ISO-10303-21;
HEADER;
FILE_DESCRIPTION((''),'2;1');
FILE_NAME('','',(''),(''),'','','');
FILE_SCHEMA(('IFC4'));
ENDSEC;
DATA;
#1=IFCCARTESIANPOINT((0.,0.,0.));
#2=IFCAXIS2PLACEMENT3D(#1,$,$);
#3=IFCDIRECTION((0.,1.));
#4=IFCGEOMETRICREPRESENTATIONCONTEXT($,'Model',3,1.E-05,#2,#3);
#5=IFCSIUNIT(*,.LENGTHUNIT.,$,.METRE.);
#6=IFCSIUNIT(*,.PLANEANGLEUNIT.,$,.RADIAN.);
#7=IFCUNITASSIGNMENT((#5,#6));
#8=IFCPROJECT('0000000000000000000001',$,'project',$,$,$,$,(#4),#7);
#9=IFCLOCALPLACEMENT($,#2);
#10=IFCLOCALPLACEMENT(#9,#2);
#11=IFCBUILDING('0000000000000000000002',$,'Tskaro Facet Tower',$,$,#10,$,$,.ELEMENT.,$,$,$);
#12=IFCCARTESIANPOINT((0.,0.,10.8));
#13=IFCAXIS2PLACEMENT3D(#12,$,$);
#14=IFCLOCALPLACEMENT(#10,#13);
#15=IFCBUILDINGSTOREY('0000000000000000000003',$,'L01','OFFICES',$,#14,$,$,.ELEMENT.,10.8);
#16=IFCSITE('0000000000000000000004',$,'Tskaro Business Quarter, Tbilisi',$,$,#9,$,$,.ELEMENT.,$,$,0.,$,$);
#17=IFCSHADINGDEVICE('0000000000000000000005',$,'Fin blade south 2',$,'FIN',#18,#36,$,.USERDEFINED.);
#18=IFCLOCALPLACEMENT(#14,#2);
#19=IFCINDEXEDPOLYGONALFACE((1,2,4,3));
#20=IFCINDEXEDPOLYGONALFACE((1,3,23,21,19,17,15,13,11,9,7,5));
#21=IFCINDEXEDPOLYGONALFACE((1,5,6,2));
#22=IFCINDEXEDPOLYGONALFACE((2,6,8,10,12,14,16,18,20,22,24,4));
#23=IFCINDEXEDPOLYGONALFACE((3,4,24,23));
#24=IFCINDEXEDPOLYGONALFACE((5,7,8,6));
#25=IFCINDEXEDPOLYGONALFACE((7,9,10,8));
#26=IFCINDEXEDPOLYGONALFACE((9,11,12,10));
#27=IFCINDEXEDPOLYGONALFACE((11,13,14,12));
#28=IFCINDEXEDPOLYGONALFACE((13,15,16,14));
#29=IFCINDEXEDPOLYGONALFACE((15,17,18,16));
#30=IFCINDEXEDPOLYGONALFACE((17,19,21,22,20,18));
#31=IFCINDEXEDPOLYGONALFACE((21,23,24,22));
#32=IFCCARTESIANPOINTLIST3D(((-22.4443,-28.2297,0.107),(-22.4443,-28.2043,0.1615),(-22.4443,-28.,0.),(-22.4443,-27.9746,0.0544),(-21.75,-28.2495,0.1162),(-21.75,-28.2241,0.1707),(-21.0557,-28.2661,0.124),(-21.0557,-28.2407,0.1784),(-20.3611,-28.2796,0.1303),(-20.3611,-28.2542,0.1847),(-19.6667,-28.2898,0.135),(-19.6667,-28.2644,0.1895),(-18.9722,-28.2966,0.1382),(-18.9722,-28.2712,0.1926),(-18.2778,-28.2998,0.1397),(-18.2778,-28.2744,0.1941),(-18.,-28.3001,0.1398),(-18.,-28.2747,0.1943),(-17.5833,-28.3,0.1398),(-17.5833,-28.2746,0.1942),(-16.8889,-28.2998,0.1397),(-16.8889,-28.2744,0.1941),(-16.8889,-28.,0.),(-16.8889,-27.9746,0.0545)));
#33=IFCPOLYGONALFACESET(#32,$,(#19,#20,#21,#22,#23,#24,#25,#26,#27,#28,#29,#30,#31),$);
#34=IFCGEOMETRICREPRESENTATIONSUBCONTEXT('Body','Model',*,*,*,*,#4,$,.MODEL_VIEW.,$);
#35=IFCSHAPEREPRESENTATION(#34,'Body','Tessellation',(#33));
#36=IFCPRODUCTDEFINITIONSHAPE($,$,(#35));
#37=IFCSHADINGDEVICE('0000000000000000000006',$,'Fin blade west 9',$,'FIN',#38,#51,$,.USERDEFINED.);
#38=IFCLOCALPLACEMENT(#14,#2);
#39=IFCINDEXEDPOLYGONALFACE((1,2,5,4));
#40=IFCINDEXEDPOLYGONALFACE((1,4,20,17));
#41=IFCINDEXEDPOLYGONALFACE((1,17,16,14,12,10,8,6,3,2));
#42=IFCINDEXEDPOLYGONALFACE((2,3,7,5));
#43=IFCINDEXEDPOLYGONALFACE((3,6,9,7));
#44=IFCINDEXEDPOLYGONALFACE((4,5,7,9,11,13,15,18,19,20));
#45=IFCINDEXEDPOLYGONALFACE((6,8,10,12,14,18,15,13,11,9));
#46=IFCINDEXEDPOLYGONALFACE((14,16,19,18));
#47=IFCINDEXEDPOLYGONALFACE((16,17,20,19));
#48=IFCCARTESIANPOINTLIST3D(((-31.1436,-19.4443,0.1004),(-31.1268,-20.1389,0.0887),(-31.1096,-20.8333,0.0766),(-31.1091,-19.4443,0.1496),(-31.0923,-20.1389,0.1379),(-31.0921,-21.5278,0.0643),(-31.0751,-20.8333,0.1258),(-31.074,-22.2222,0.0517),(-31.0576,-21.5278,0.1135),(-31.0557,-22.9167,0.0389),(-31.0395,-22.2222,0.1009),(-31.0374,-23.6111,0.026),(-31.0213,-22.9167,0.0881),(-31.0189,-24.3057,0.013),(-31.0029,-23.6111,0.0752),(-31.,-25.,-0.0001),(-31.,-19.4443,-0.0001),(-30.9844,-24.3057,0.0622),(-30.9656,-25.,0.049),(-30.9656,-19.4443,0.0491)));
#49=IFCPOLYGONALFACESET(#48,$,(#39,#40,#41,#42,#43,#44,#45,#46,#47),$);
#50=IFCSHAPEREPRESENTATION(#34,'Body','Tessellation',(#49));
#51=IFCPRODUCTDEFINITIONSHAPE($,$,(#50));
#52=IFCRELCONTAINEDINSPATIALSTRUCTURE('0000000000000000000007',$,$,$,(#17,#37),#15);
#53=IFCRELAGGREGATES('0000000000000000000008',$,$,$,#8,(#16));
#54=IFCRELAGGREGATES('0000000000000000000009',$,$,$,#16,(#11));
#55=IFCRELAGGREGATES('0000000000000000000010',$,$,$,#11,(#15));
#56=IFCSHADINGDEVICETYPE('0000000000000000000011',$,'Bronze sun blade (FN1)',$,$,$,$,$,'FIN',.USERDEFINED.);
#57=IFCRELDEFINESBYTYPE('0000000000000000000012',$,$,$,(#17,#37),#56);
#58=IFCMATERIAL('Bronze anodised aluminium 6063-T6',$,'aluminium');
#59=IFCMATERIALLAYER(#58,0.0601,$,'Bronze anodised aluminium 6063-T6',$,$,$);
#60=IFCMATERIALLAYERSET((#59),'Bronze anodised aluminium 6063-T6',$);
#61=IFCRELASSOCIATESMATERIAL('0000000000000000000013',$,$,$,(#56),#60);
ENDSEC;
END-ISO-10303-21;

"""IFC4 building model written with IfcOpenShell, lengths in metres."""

from ifc_helpers import new_model, si_unit, direction, frame, origin, place, context, subcontext, project, spatial, polyline, outline, extrude, material, layer, layer_set, type_object, element, save


model = new_model("IFC4")

# Units and contexts
model_context = context("Model", 3, precision=1e-05, world=origin(), true_north=direction((0.0, 1.0)))
body_context = subcontext(model_context, "Body", "Model", "MODEL_VIEW")
ifc_project = project(units=[si_unit("LENGTHUNIT", "METRE"), si_unit("PLANEANGLEUNIT", "RADIAN")], contexts=[model_context])

# Site, building, storey
site_placement = place(None, origin())
site = spatial("IfcSite", under=ifc_project, at=site_placement, Name="Tskaro Business Quarter, Tbilisi", CompositionType="ELEMENT", RefElevation=0.0)
building_placement = place(site_placement, origin())
building = spatial("IfcBuilding", under=site, at=building_placement, Name="Tskaro Facet Tower", CompositionType="ELEMENT")
storey_placement = place(building_placement, frame((0.0, 0.0, 10.8)))
storey = spatial("IfcBuildingStorey", under=building, at=storey_placement, Name="L01", Description="OFFICES", CompositionType="ELEMENT", Elevation=10.8)

# Shared definitions
ifc_material_1 = material(Name="Bronze anodised aluminium 6063-T6", Category="aluminium")

# Shading devices
ifc_layer_1 = layer(ifc_material_1, 0.0601, Name="Bronze anodised aluminium 6063-T6")
ifc_layer_set_1 = layer_set([ifc_layer_1], Name="Bronze anodised aluminium 6063-T6")
shading_device_type = type_object("IfcShadingDeviceType", Name="Bronze sun blade (FN1)", ElementType="FIN", PredefinedType="USERDEFINED", material=ifc_layer_set_1)
shading_device_1_placement = place(storey_placement, frame((-22.4443, -27.9746, 0.0544), z_axis=(-0.000004, 0.422302, 0.906455), x_axis=(1.0, 0.000002, 0.000003)))
element("IfcShadingDevice", 1, at=shading_device_1_placement, inside=storey, type_object=shading_device_type, Name="Fin blade south 2", ObjectType="FIN", PredefinedType="USERDEFINED", context=body_context, shape_type="SweptSolid", body=[
    extrude(outline(polyline([(0.0, 0.0), (5.5554, 0.0), (5.5554, -0.3307), (4.8611, -0.331), (4.4443, -0.3311), (4.1665, -0.3307), (3.4722, -0.3272), (2.7776, -0.3197), (2.0833, -0.3084), (1.3887, -0.2936), (0.6943, -0.2752), (0.0, -0.2534), (0.0, 0.0)])), origin(), (0.0, 0.0, -1.0), 0.0601),
])
shading_device_2_placement = place(storey_placement, frame((-30.9656, -19.4443, 0.0491), z_axis=(0.573691, -0.000006, 0.819072), x_axis=(-0.000003, -1.0, -0.000005)))
element("IfcShadingDevice", 2, at=shading_device_2_placement, inside=storey, type_object=shading_device_type, Name="Fin blade west 9", ObjectType="FIN", PredefinedType="USERDEFINED", context=body_context, shape_type="SweptSolid", body=[
    extrude(outline(polyline([(0.0, 0.0), (5.5557, 0.0), (4.8613, -0.023), (4.1667, -0.0456), (3.4724, -0.068), (2.7778, -0.0903), (2.0835, -0.1124), (1.3889, -0.1338), (0.6946, -0.1548), (0.0, -0.1753), (0.0, 0.0)])), origin(), (0.0, 0.0, -1.0), 0.0601),
])

save(model, "model.ifc")
